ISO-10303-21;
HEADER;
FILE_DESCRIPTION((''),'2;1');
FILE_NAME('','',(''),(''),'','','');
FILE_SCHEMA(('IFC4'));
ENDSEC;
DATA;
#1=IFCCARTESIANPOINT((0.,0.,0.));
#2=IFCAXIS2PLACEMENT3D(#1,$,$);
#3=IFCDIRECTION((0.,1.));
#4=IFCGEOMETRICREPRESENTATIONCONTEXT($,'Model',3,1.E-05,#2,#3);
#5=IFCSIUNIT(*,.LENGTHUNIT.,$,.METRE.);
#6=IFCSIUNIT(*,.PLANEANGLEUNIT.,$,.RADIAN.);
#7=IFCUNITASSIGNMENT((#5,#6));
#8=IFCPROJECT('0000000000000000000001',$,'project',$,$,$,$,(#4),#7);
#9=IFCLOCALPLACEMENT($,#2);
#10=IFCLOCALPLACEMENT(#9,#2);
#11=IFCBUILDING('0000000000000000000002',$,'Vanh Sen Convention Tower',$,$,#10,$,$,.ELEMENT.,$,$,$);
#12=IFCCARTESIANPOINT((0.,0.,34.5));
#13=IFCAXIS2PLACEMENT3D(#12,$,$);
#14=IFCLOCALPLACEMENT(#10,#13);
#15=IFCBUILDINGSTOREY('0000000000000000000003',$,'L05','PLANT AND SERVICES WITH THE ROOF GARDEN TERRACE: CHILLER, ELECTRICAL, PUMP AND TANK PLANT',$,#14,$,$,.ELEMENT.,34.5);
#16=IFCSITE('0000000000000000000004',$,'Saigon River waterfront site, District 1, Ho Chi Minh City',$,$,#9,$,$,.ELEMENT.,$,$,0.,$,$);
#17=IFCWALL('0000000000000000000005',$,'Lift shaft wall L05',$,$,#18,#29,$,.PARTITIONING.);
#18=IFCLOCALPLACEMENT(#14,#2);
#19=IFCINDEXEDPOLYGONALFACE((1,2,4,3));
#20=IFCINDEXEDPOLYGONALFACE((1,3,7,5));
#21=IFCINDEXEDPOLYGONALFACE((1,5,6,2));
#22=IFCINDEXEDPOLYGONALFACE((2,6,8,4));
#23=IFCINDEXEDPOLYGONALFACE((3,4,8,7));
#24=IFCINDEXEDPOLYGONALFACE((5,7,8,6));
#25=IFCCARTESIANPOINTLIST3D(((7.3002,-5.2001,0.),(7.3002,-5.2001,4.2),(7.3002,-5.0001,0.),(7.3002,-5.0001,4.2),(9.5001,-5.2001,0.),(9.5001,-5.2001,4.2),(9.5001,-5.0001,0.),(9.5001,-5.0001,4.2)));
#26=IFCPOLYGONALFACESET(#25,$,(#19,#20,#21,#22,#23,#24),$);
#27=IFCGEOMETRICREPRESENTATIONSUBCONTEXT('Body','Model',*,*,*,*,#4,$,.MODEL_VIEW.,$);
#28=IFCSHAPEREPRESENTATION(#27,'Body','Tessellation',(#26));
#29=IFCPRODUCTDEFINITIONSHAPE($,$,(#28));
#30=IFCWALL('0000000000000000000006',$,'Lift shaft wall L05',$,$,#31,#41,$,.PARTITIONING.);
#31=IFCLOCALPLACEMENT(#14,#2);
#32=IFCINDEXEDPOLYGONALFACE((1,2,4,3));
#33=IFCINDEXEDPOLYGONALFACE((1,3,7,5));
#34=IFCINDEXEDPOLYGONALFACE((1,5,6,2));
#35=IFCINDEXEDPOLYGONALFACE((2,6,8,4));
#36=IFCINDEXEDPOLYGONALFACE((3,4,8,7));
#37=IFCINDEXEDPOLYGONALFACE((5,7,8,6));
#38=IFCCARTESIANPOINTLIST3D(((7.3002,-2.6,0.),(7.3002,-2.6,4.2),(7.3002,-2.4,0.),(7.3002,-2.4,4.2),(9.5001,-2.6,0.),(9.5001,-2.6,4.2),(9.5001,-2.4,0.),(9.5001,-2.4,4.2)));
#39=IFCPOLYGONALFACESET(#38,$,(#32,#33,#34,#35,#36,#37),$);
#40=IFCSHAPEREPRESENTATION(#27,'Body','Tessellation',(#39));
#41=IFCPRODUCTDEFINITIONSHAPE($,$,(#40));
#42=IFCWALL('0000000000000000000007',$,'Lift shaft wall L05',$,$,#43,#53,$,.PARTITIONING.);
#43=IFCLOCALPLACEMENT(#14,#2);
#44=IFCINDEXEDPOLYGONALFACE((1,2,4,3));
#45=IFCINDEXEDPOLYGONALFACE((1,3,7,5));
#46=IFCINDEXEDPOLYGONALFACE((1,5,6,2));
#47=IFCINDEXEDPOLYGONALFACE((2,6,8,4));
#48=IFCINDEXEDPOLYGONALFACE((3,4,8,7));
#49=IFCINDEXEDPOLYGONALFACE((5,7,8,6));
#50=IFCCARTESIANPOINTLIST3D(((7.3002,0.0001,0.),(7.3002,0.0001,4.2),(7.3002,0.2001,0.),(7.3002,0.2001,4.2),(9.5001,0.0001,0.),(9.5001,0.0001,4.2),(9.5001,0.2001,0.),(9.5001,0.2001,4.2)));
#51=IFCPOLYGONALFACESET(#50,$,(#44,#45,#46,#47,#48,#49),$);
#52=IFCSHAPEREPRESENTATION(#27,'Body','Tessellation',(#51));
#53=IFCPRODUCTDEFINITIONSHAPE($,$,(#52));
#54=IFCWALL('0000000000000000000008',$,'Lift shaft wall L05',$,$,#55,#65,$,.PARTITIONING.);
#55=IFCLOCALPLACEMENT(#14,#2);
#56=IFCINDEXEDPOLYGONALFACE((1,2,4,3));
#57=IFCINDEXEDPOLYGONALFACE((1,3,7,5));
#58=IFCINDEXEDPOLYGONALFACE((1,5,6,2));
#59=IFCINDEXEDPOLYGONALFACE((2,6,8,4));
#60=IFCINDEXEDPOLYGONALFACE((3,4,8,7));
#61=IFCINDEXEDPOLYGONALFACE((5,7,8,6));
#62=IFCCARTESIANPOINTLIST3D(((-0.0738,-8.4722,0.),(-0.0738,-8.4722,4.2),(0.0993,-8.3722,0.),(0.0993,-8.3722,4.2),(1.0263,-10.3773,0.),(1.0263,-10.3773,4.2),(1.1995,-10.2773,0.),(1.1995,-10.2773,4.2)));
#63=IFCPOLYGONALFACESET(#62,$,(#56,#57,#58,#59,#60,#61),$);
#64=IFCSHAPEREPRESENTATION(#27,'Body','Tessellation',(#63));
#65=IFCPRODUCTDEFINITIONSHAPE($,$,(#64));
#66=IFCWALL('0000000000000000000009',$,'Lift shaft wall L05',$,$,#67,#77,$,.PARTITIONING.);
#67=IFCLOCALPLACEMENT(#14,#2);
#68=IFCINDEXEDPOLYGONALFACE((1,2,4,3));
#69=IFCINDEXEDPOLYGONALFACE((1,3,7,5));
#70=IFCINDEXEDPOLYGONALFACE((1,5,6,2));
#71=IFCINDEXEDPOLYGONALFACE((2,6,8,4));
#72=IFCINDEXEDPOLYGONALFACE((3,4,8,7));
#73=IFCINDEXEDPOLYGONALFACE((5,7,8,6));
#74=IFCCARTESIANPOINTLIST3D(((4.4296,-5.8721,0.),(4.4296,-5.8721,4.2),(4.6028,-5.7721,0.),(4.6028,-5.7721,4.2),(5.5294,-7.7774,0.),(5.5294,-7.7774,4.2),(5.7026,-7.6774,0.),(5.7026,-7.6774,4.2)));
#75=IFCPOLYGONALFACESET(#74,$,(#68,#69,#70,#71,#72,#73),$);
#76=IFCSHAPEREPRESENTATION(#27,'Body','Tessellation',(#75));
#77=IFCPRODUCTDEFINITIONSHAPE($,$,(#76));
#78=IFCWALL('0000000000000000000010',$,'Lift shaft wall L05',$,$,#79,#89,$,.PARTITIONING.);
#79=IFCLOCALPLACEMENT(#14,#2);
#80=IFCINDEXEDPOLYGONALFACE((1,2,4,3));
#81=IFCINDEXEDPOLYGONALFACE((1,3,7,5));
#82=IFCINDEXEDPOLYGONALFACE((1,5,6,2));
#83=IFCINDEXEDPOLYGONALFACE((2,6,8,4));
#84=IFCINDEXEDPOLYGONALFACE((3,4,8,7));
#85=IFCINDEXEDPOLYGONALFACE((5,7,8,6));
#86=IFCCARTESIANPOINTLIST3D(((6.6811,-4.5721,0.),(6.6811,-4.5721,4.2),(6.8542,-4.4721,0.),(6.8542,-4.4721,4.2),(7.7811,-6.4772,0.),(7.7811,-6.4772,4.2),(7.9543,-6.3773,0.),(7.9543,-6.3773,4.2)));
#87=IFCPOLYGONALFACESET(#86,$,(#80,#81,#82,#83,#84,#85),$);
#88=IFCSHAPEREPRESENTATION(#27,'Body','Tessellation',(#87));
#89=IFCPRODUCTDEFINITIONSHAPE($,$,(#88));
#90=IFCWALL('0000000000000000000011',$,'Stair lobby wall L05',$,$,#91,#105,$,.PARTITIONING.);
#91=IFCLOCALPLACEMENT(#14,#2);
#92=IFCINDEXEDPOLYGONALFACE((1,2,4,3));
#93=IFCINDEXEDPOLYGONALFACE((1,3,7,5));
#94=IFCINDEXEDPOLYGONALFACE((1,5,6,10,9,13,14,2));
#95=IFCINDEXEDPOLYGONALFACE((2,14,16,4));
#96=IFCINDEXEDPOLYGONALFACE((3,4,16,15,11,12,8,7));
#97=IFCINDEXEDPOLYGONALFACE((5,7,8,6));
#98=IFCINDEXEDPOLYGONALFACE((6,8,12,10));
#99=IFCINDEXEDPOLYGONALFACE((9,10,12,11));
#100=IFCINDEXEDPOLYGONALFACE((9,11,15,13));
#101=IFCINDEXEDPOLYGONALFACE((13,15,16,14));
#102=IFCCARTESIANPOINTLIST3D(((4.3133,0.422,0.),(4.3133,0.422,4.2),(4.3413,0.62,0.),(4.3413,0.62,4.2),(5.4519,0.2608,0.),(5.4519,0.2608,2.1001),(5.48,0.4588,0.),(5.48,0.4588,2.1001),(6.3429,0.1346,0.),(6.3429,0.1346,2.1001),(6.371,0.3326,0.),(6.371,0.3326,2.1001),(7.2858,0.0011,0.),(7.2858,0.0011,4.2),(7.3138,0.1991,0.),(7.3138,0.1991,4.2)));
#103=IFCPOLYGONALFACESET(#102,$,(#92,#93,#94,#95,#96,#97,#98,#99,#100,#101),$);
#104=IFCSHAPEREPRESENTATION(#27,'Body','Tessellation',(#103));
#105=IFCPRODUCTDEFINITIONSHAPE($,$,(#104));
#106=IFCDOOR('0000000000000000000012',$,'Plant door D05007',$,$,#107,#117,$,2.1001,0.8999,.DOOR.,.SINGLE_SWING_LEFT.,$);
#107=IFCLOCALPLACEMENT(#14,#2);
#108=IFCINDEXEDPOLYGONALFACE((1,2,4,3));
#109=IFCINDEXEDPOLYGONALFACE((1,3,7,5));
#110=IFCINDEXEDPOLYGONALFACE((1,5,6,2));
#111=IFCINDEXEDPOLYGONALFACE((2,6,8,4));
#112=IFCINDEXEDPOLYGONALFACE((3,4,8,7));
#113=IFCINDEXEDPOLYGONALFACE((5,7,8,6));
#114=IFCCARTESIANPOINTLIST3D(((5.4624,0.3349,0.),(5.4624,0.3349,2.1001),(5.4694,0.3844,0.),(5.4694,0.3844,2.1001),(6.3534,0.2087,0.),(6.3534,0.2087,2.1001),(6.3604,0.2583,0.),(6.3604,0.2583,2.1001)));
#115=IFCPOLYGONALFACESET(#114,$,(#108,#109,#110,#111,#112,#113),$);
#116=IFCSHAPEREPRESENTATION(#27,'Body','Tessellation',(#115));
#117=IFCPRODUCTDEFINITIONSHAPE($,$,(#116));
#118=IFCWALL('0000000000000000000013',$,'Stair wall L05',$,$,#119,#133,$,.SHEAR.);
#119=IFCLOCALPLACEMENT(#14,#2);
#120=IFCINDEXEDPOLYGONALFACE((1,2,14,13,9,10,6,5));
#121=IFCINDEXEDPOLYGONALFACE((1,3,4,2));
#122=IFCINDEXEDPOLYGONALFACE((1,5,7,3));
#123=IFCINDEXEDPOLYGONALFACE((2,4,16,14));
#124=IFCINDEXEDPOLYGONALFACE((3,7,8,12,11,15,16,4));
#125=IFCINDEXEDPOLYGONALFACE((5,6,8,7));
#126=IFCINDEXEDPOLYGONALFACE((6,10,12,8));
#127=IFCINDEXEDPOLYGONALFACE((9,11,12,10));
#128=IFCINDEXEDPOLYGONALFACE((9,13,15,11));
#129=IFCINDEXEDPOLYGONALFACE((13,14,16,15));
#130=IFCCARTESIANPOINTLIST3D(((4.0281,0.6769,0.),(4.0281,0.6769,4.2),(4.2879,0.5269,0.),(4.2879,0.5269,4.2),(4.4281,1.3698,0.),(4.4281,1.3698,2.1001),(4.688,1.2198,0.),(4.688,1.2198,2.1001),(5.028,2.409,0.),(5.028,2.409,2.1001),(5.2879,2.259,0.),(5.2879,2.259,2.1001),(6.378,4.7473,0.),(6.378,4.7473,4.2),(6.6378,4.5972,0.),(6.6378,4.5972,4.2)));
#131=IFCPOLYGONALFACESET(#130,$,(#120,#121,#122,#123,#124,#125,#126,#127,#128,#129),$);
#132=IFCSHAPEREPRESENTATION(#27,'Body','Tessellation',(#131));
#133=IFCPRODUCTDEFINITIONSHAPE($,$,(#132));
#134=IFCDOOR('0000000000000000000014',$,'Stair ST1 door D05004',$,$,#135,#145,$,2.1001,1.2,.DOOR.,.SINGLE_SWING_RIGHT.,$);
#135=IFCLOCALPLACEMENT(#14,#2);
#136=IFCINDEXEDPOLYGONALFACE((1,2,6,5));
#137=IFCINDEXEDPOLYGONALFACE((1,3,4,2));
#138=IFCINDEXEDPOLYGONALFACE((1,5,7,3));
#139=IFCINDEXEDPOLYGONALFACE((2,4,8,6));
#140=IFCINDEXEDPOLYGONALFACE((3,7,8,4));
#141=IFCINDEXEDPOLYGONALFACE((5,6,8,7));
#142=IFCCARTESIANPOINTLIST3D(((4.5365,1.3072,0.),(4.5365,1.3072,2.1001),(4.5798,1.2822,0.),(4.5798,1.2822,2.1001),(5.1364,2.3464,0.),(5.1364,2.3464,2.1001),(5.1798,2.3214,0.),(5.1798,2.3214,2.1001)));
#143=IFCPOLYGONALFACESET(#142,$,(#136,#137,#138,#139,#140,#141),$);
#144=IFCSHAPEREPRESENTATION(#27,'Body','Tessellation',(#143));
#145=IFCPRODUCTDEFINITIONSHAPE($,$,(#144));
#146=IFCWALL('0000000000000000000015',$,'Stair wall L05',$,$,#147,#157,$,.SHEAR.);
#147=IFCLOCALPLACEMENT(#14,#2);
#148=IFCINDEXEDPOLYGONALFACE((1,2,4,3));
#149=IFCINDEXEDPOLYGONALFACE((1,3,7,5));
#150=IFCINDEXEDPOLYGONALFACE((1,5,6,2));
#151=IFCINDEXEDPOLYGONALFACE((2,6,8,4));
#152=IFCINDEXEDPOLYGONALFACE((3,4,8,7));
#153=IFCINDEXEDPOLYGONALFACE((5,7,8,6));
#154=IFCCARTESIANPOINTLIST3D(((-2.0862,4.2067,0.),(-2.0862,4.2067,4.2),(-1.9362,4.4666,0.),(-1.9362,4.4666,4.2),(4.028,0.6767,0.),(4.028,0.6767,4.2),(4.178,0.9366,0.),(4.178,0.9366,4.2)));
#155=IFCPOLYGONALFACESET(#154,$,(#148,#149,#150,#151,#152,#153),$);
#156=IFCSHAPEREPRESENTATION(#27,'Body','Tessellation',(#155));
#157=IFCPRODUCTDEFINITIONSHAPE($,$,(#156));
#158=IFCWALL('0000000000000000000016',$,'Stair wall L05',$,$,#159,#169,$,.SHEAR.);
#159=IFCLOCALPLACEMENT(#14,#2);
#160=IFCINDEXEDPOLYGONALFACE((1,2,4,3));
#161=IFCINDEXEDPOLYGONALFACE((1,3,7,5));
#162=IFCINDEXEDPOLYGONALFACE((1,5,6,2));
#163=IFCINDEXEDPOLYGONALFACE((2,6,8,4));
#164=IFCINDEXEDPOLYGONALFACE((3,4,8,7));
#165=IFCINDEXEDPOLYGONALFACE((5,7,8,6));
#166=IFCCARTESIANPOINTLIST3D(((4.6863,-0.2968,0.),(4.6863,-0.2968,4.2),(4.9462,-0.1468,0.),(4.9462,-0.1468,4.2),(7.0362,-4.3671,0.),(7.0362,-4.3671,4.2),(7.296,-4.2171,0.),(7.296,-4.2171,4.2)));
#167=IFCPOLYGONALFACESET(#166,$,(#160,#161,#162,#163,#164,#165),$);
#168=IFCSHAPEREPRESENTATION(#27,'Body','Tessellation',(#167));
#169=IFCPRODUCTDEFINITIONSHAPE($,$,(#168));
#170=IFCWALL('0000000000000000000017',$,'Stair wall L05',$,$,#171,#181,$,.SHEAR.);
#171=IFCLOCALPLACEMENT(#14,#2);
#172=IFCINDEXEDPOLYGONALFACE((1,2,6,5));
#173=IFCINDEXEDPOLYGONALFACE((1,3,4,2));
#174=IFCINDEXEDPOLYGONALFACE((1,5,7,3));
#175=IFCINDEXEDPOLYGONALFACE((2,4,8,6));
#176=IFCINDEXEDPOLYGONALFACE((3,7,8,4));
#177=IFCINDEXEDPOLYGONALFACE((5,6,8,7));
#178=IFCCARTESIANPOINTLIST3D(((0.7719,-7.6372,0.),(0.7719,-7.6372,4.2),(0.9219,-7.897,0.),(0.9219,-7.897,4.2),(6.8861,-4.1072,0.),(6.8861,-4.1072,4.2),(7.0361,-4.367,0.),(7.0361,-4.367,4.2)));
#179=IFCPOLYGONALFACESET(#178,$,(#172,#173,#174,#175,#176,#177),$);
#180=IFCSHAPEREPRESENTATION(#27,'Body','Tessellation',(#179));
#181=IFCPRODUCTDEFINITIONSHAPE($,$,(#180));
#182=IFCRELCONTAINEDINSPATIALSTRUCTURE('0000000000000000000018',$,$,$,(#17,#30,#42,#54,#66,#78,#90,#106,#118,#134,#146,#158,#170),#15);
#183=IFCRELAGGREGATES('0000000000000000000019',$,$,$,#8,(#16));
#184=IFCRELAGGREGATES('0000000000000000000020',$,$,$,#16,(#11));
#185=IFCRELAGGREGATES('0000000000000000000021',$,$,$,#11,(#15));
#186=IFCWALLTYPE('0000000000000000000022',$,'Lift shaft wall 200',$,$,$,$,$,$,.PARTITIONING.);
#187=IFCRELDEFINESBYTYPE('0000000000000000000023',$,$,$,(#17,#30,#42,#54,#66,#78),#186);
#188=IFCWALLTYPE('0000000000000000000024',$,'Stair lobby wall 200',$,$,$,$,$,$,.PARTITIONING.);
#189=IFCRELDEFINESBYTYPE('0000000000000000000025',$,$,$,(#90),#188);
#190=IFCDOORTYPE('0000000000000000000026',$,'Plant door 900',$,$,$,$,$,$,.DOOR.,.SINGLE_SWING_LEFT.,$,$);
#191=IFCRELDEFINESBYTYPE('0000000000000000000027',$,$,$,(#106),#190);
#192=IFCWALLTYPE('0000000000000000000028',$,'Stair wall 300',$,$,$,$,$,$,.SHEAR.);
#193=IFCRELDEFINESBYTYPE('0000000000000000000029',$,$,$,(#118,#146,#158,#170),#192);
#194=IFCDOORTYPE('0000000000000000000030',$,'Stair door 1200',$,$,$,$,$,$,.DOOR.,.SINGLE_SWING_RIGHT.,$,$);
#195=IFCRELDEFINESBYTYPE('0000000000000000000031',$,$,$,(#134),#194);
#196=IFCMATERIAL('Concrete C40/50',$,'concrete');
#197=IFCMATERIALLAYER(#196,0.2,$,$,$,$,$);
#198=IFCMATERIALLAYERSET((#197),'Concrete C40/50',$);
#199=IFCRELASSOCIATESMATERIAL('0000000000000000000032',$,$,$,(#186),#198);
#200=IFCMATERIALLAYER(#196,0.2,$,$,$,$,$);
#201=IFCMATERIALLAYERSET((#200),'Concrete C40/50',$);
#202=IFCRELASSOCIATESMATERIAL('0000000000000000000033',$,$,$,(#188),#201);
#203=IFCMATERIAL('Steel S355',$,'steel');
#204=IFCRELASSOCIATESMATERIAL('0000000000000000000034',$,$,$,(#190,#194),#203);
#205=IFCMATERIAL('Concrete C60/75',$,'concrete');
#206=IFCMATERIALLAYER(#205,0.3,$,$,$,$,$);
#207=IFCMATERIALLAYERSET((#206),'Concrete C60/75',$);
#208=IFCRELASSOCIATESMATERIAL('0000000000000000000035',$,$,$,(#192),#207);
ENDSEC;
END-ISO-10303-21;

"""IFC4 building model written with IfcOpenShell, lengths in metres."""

from ifc_helpers import new_model, si_unit, direction, frame, frame_2d, origin, place, context, subcontext, project, spatial, rectangle, extrude, material, layer, layer_set, type_object, element, fill, save


model = new_model("IFC4")

# Units and contexts
model_context = context("Model", 3, precision=1e-05, world=origin(), true_north=direction((0.0, 1.0)))
body_context = subcontext(model_context, "Body", "Model", "MODEL_VIEW")
ifc_project = project(units=[si_unit("LENGTHUNIT", "METRE"), si_unit("PLANEANGLEUNIT", "RADIAN")], contexts=[model_context])

# Site, building, storey
site_placement = place(None, origin())
site = spatial("IfcSite", under=ifc_project, at=site_placement, Name="Saigon River waterfront site, District 1, Ho Chi Minh City", CompositionType="ELEMENT", RefElevation=0.0)
building_placement = place(site_placement, origin())
building = spatial("IfcBuilding", under=site, at=building_placement, Name="Vanh Sen Convention Tower", CompositionType="ELEMENT")
storey_placement = place(building_placement, frame((0.0, 0.0, 34.5)))
storey = spatial("IfcBuildingStorey", under=building, at=storey_placement, Name="L05", Description="PLANT AND SERVICES WITH THE ROOF GARDEN TERRACE: CHILLER, ELECTRICAL, PUMP AND TANK PLANT", CompositionType="ELEMENT", Elevation=34.5)

# Shared definitions
ifc_material_1 = material(Name="Concrete C40/50", Category="concrete")

# Shared definitions
ifc_material_2 = material(Name="Steel S355", Category="steel")

# Walls
ifc_layer_1 = layer(ifc_material_1, 0.2)
ifc_layer_set_1 = layer_set([ifc_layer_1], Name="Concrete C40/50")
wall_type_1 = type_object("IfcWallType", Name="Lift shaft wall 200", PredefinedType="PARTITIONING", material=ifc_layer_set_1)
for number, where, z_axis, x_axis, name in (
    (1, (7.3, -5.1001, 0.0), (0.0, 0.0, 1.0), (1.0, 0.0, 0.0), "Lift shaft wall L05"),
    (2, (7.3, -2.5, 0.0), (0.0, 0.0, 1.0), (1.0, 0.0, 0.0), "Lift shaft wall L05"),
    (3, (7.3, 0.1001, 0.0), (0.0, 0.0, 1.0), (1.0, 0.0, 0.0), "Lift shaft wall L05"),
    (4, (0.0127, -8.4221, 0.0), (0.0, 0.0, 1.0), (0.500078, -0.86598, 0.0), "Lift shaft wall L05"),
    (5, (4.5161, -5.822, 0.0), (0.0, 0.0, 1.0), (0.499947, -0.866056, 0.0), "Lift shaft wall L05"),
    (6, (6.7676, -4.522, 0.0), (0.0, 0.0, 1.0), (0.50003, -0.866008, 0.0), "Lift shaft wall L05"),
):
    element("IfcWall", number, at=place(storey_placement, frame(where, z_axis=z_axis, x_axis=x_axis)), inside=storey, type_object=wall_type_1, Name=name, PredefinedType="PARTITIONING", context=body_context, shape_type="SweptSolid", body=[
        extrude(rectangle(XDim=2.2, YDim=0.2, at=frame_2d((1.1001, 0.0))), origin(), (0.0, 0.0, 1.0), 4.2),
    ])

# Walls, openings, doors
ifc_layer_2 = layer(ifc_material_1, 0.2)
ifc_layer_set_2 = layer_set([ifc_layer_2], Name="Concrete C40/50")
wall_type_2 = type_object("IfcWallType", Name="Stair lobby wall 200", PredefinedType="PARTITIONING", material=ifc_layer_set_2)
wall_1_placement = place(storey_placement, frame((4.3274, 0.521, 0.0), z_axis=(0.0, 0.0, 1.0), x_axis=(0.990124, -0.140192, 0.0)))
wall_1 = element("IfcWall", 7, at=wall_1_placement, inside=storey, type_object=wall_type_2, Name="Stair lobby wall L05", PredefinedType="PARTITIONING", context=body_context, shape_type="SweptSolid", body=[
    extrude(rectangle(XDim=3.0022, YDim=0.2, at=frame_2d((1.501, 0.0))), origin(), (0.0, 0.0, 1.0), 4.2),
])
opening_1_placement = place(wall_1_placement, frame((1.1499, 0.0, 0.0)))
opening_1 = element("IfcOpeningElement", 8, at=opening_1_placement, cuts=wall_1, PredefinedType="OPENING", context=body_context, shape_type="SweptSolid", body=[
    extrude(rectangle(XDim=0.8999, YDim=2.1001, at=frame_2d((0.45, 1.05))), frame((0.0, 0.1099, 0.0), z_axis=(0.0, -1.0, 0.0), x_axis=(1.0, 0.0, 0.0)), (0.0, 0.0, 1.0), 0.22),
])
door_type_1 = type_object("IfcDoorType", Name="Plant door 900", OperationType="SINGLE_SWING_LEFT", PredefinedType="DOOR", material=ifc_material_2)
door_1_placement = place(opening_1_placement, origin())
door_1 = element("IfcDoor", 9, at=door_1_placement, inside=storey, type_object=door_type_1, Name="Plant door D05007", OperationType="SINGLE_SWING_LEFT", OverallHeight=2.1001, OverallWidth=0.8999, PredefinedType="DOOR", context=body_context, shape_type="SweptSolid", body=[
    extrude(rectangle(XDim=0.8999, YDim=2.1001, at=frame_2d((0.45, 1.05))), frame((0.0, 0.0249, 0.0), z_axis=(0.0, -1.0, 0.0), x_axis=(1.0, 0.0, 0.0)), (0.0, 0.0, 1.0), 0.05),
])
fill(opening_1, door_1)
ifc_material_3 = material(Name="Concrete C60/75", Category="concrete")
ifc_layer_3 = layer(ifc_material_3, 0.3)
ifc_layer_set_3 = layer_set([ifc_layer_3], Name="Concrete C60/75")
wall_type_3 = type_object("IfcWallType", Name="Stair wall 300", PredefinedType="SHEAR", material=ifc_layer_set_3)
wall_2_placement = place(storey_placement, frame((4.158, 0.6018, 0.0), z_axis=(0.0, 0.0, 1.0), x_axis=(0.499977, 0.866039, 0.0)))
wall_2 = element("IfcWall", 10, at=wall_2_placement, inside=storey, type_object=wall_type_3, Name="Stair wall L05", PredefinedType="SHEAR", context=body_context, shape_type="SweptSolid", body=[
    extrude(rectangle(XDim=4.7, YDim=0.3, at=frame_2d((2.3501, 0.0))), origin(), (0.0, 0.0, 1.0), 4.2),
])
opening_2_placement = place(wall_2_placement, frame((0.8, 0.0, 0.0)))
opening_2 = element("IfcOpeningElement", 11, at=opening_2_placement, cuts=wall_2, PredefinedType="OPENING", context=body_context, shape_type="SweptSolid", body=[
    extrude(rectangle(XDim=1.2, YDim=2.1001, at=frame_2d((0.6001, 1.05))), frame((0.0, 0.1599, 0.0), z_axis=(0.0, -1.0, 0.0), x_axis=(1.0, 0.0, 0.0)), (0.0, 0.0, 1.0), 0.3201),
])
door_type_2 = type_object("IfcDoorType", Name="Stair door 1200", OperationType="SINGLE_SWING_RIGHT", PredefinedType="DOOR", material=ifc_material_2)
door_2_placement = place(opening_2_placement, origin())
door_2 = element("IfcDoor", 12, at=door_2_placement, inside=storey, type_object=door_type_2, Name="Stair ST1 door D05004", OperationType="SINGLE_SWING_RIGHT", OverallHeight=2.1001, OverallWidth=1.2, PredefinedType="DOOR", context=body_context, shape_type="SweptSolid", body=[
    extrude(rectangle(XDim=1.2, YDim=2.1001, at=frame_2d((0.6001, 1.05))), frame((0.0, 0.0249, 0.0), z_axis=(0.0, -1.0, 0.0), x_axis=(1.0, 0.0, 0.0)), (0.0, 0.0, 1.0), 0.05),
])
fill(opening_2, door_2)

# Walls
wall_3_placement = place(storey_placement, frame((4.103, 0.8066, 0.0), z_axis=(0.0, 0.0, 1.0), x_axis=(-0.866028, 0.499996, 0.0)))
element("IfcWall", 13, at=wall_3_placement, inside=storey, type_object=wall_type_3, Name="Stair wall L05", PredefinedType="SHEAR", context=body_context, shape_type="SweptSolid", body=[
    extrude(rectangle(XDim=7.0601, YDim=0.3, at=frame_2d((3.53, 0.0))), origin(), (0.0, 0.0, 1.0), 4.2),
])
wall_4_placement = place(storey_placement, frame((4.8162, -0.2217, 0.0), z_axis=(0.0, 0.0, 1.0), x_axis=(0.499977, -0.866039, 0.0)))
element("IfcWall", 14, at=wall_4_placement, inside=storey, type_object=wall_type_3, Name="Stair wall L05", PredefinedType="SHEAR", context=body_context, shape_type="SweptSolid", body=[
    extrude(rectangle(XDim=4.7, YDim=0.3, at=frame_2d((2.3501, 0.0))), origin(), (0.0, 0.0, 1.0), 4.2),
])
wall_5_placement = place(storey_placement, frame((0.8469, -7.7671, 0.0), z_axis=(0.0, 0.0, 1.0), x_axis=(0.866028, 0.499996, 0.0)))
element("IfcWall", 15, at=wall_5_placement, inside=storey, type_object=wall_type_3, Name="Stair wall L05", PredefinedType="SHEAR", context=body_context, shape_type="SweptSolid", body=[
    extrude(rectangle(XDim=7.0601, YDim=0.3, at=frame_2d((3.53, 0.0))), origin(), (0.0, 0.0, 1.0), 4.2),
])

save(model, "model.ifc")
